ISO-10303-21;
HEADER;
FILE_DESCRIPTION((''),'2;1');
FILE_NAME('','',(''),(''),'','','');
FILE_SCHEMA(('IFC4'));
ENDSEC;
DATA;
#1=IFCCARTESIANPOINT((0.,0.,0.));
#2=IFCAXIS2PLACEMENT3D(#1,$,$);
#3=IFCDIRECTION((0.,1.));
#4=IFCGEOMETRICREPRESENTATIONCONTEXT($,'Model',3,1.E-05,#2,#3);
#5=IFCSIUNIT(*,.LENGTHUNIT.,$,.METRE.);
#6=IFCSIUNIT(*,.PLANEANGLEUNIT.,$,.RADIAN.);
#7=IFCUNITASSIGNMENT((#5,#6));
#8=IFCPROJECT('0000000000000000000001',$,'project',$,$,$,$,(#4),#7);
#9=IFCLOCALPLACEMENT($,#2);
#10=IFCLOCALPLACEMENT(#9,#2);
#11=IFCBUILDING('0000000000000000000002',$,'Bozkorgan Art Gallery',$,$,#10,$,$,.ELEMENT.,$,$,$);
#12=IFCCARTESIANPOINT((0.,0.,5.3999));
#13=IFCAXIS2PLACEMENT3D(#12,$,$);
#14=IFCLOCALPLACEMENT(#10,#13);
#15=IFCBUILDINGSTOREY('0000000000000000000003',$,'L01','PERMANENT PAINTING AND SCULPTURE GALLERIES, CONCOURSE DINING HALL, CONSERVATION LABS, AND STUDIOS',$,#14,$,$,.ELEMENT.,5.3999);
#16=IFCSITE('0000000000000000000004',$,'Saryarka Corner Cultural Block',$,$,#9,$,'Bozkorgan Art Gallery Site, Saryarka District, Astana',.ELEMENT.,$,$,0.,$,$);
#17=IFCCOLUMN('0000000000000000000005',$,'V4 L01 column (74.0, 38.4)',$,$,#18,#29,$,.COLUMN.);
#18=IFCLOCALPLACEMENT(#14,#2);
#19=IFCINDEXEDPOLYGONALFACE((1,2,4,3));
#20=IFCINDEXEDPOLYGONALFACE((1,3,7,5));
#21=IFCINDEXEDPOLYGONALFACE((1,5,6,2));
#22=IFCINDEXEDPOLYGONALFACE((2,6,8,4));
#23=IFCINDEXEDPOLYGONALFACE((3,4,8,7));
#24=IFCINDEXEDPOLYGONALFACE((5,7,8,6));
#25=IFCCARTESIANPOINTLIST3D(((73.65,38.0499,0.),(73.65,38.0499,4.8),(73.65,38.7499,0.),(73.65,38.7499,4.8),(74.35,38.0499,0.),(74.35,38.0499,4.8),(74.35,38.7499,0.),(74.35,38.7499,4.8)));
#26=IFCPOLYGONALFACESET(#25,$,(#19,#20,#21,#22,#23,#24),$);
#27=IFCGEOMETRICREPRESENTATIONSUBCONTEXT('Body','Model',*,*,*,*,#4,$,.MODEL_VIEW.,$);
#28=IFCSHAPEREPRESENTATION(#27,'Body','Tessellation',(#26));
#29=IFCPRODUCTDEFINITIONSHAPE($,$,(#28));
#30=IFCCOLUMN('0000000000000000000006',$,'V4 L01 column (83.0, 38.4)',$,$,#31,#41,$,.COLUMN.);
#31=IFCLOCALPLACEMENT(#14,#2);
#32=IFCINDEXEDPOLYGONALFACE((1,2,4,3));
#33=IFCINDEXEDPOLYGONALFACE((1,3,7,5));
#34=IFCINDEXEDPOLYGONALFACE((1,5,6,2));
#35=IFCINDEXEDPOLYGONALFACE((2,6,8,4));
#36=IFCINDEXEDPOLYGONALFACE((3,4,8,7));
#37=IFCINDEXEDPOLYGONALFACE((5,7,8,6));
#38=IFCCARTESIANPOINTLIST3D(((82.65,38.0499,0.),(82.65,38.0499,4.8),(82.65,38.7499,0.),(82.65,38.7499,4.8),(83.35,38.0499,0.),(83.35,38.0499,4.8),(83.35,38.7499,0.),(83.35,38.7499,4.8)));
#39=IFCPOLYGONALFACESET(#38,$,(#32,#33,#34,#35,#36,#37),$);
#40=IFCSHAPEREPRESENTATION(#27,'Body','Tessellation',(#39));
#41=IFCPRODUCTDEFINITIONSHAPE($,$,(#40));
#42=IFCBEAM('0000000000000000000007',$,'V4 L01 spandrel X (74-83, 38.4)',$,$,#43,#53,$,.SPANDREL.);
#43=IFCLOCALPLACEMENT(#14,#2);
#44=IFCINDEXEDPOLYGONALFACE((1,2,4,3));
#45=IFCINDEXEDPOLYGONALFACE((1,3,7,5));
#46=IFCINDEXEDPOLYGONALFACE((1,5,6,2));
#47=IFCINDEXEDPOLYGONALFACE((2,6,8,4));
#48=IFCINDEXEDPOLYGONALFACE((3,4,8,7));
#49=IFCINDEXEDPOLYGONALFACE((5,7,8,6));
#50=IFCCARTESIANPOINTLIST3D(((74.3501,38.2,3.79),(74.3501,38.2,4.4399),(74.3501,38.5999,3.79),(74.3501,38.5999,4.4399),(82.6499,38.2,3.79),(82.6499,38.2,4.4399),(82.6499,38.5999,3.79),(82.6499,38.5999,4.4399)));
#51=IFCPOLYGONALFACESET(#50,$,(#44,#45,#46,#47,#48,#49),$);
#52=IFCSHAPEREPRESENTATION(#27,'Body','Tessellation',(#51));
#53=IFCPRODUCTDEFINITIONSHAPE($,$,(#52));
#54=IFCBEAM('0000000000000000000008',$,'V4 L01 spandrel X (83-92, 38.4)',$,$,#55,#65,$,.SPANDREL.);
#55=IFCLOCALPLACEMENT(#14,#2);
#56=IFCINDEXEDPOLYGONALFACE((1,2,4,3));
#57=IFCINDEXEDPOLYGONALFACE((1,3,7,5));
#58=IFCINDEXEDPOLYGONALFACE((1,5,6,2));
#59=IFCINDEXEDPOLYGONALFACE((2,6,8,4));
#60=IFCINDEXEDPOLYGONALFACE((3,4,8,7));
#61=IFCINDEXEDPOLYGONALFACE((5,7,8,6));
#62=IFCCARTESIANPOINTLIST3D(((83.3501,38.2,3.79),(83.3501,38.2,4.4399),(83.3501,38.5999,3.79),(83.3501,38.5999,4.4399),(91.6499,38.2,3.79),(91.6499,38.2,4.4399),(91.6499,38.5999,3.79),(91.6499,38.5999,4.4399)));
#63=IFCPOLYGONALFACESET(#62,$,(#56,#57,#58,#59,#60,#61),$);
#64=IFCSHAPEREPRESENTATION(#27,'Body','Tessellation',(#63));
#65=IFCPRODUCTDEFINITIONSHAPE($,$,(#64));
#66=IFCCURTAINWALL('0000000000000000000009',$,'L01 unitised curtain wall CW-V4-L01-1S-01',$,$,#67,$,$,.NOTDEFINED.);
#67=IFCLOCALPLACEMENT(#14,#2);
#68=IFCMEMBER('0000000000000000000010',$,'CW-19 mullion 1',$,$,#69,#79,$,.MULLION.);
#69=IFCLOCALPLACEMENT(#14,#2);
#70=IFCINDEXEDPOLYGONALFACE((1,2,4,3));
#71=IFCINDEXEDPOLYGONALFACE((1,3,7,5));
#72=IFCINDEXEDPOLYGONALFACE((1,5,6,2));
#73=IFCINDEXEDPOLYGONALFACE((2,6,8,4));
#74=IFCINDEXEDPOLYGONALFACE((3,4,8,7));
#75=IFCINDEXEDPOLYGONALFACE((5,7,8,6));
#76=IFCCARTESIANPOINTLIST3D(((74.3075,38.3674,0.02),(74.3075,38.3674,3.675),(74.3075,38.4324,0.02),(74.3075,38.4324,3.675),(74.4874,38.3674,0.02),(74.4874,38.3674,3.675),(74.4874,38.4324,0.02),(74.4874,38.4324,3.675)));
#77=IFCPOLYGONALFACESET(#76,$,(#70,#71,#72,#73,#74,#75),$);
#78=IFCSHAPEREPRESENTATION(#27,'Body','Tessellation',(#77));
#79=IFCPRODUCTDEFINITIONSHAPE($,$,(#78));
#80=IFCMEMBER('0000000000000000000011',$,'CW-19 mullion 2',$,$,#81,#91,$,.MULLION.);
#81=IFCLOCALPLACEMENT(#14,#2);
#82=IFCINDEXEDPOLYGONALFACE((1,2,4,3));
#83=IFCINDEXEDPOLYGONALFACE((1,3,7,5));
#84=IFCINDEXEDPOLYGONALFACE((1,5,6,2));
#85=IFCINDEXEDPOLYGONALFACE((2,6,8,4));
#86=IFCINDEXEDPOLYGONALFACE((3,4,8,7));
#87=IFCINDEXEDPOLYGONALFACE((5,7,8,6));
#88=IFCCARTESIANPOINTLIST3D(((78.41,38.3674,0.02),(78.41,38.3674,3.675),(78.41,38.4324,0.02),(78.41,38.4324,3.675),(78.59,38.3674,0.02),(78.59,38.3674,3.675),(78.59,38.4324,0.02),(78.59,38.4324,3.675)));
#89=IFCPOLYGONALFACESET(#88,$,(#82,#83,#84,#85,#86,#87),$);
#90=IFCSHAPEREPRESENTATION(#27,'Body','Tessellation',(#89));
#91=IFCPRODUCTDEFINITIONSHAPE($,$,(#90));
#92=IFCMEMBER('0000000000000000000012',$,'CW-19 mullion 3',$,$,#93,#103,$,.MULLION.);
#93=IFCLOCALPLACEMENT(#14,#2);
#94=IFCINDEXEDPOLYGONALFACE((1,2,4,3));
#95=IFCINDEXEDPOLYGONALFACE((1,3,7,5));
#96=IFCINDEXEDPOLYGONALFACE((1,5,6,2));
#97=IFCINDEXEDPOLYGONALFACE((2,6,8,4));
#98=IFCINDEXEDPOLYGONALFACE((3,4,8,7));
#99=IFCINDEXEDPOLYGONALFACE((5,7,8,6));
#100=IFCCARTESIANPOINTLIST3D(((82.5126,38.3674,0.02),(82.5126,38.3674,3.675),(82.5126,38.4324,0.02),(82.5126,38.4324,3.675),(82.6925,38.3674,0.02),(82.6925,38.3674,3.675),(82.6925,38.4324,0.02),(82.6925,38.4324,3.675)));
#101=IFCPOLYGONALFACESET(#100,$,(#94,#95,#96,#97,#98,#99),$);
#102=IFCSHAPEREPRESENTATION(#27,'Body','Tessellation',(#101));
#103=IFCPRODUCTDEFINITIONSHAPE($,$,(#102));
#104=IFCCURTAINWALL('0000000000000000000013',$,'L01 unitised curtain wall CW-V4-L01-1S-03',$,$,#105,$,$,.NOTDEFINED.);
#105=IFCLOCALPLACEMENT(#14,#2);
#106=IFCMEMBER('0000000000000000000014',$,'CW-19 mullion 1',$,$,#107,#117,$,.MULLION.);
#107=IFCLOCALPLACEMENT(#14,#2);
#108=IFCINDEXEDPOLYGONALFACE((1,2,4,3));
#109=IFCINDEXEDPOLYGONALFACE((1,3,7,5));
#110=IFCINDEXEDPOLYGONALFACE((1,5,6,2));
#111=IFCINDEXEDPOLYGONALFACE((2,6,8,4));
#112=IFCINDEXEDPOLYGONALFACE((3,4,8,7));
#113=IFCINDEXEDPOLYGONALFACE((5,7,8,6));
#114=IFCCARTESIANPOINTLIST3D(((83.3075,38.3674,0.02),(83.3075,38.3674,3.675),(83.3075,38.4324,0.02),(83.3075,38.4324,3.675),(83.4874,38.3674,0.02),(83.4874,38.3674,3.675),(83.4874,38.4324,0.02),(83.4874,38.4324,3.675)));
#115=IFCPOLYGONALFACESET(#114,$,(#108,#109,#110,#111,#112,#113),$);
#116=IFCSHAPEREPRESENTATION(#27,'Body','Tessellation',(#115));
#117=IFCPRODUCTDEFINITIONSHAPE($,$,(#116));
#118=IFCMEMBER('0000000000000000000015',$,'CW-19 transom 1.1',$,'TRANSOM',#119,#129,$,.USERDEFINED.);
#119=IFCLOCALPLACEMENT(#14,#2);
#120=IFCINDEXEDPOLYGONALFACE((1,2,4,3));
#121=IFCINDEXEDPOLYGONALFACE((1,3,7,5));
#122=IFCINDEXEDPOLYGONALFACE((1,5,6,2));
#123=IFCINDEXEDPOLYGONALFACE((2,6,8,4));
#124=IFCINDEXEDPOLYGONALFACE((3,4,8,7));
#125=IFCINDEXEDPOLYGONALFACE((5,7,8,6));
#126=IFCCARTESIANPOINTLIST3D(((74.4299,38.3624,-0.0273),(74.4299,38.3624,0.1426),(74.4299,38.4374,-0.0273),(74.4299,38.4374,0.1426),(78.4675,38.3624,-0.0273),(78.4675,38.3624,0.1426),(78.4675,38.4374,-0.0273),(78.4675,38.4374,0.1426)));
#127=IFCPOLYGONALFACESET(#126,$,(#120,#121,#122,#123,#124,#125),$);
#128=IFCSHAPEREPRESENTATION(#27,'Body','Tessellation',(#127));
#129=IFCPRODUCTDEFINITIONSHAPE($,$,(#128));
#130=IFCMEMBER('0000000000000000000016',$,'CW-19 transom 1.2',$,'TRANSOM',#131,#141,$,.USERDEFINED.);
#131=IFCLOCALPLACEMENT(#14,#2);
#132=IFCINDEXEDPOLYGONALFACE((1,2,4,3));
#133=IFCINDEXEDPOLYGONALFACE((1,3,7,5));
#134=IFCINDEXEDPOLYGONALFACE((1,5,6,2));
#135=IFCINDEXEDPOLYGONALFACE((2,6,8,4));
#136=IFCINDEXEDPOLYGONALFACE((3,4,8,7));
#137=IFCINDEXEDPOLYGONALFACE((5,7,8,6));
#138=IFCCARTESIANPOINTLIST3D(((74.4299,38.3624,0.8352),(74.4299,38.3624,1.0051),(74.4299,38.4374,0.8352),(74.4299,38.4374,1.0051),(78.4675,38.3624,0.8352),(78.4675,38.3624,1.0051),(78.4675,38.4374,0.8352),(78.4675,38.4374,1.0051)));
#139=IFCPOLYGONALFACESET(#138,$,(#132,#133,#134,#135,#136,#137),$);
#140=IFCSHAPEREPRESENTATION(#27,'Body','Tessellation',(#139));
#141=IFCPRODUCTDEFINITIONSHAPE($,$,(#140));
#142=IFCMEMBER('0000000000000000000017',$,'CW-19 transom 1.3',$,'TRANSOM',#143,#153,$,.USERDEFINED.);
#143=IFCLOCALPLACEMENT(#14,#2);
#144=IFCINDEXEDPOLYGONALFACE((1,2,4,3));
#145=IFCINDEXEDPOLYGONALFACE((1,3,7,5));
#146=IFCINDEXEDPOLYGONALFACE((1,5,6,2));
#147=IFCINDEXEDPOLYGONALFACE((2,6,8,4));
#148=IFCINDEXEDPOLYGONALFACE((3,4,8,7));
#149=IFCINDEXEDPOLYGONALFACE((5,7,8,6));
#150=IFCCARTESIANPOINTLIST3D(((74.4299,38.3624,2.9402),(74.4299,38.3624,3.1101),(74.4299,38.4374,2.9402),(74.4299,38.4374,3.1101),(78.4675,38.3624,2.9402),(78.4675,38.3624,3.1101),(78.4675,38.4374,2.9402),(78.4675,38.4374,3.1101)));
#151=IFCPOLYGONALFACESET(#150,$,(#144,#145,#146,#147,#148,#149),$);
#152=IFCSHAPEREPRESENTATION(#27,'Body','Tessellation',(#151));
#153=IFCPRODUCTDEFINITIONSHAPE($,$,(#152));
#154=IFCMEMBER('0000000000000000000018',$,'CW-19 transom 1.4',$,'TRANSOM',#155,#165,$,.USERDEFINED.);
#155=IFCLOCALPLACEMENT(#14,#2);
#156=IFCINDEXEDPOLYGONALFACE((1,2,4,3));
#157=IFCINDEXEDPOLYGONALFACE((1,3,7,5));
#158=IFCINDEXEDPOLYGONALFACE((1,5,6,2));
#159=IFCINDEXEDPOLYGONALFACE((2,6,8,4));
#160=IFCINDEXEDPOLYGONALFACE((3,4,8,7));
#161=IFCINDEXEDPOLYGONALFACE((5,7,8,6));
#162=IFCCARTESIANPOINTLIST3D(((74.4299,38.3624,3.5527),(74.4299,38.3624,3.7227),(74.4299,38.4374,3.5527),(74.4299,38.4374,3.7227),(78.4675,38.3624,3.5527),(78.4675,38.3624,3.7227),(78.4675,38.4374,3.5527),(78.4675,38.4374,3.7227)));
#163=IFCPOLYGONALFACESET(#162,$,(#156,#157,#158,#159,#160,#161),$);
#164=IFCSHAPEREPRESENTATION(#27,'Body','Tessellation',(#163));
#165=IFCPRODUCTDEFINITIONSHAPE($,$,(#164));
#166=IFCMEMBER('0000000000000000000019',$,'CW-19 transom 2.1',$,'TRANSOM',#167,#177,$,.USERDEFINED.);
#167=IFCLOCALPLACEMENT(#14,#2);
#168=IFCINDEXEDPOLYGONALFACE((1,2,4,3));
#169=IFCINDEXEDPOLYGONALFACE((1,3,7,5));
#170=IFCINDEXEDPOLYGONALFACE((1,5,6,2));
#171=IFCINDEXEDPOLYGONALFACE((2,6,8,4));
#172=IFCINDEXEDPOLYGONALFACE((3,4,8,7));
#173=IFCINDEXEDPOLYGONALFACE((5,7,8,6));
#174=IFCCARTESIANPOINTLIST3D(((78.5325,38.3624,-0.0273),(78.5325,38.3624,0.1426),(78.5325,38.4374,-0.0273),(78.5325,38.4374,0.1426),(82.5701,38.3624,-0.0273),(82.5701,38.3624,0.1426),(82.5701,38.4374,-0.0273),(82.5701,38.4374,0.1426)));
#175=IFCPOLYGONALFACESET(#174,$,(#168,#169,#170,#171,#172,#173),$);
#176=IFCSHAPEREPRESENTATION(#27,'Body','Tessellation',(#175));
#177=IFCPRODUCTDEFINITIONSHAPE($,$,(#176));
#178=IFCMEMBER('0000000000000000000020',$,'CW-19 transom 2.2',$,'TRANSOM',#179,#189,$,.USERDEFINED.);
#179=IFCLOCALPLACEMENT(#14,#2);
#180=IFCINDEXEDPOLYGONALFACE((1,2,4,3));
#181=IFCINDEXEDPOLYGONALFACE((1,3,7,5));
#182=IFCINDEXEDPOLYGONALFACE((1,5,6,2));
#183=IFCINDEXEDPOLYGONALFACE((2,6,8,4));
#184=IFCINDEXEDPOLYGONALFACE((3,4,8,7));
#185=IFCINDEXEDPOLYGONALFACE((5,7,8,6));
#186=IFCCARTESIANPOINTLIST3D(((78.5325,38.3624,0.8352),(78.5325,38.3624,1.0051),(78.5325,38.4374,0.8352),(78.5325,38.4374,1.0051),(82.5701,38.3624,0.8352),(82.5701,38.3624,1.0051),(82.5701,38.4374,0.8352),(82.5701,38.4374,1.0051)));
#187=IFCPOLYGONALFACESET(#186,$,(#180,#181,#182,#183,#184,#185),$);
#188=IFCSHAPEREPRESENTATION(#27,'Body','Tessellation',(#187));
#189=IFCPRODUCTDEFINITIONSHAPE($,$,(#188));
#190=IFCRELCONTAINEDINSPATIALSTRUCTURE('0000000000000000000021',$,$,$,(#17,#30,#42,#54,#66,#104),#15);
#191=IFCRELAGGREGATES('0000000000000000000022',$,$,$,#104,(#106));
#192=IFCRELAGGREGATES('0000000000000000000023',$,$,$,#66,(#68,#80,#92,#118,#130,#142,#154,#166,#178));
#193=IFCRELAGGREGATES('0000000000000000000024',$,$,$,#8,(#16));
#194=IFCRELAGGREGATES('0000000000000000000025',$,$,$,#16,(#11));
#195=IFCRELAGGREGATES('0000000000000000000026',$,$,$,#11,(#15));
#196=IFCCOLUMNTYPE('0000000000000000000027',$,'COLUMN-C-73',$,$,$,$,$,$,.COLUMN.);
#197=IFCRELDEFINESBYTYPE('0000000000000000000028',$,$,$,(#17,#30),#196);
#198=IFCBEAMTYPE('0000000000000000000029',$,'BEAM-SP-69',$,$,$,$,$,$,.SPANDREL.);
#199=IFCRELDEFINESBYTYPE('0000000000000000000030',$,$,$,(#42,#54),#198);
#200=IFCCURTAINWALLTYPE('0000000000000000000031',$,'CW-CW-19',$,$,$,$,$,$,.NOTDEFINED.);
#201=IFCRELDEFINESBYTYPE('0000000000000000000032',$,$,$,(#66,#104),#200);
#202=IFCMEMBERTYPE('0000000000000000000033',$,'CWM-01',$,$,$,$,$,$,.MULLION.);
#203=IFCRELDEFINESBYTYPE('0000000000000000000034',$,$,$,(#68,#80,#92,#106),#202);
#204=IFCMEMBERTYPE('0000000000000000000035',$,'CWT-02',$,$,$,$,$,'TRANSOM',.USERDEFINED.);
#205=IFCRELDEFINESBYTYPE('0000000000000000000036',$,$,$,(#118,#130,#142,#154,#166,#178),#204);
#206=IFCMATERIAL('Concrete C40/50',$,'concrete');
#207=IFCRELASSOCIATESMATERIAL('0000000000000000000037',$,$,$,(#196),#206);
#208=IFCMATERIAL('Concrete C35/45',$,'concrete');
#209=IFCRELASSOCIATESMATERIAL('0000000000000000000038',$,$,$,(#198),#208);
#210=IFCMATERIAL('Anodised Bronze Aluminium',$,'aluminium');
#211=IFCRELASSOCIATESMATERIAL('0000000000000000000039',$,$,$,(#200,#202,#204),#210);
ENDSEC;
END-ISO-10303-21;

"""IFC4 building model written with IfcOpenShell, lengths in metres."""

from ifc_helpers import new_model, si_unit, direction, frame, origin, origin_2d, place, context, subcontext, project, spatial, rectangle, extrude, material, material_profile, profile_set, type_object, element, aggregate, save


model = new_model("IFC4")

# Units and contexts
model_context = context("Model", 3, precision=1e-05, world=origin(), true_north=direction((0.0, 1.0)))
body_context = subcontext(model_context, "Body", "Model", "MODEL_VIEW")
ifc_project = project(units=[si_unit("LENGTHUNIT", "METRE"), si_unit("PLANEANGLEUNIT", "RADIAN")], contexts=[model_context])

# Site, building, storey
site_placement = place(None, origin())
site = spatial("IfcSite", under=ifc_project, at=site_placement, Name="Saryarka Corner Cultural Block", LongName="Bozkorgan Art Gallery Site, Saryarka District, Astana", CompositionType="ELEMENT", RefElevation=0.0)
building_placement = place(site_placement, origin())
building = spatial("IfcBuilding", under=site, at=building_placement, Name="Bozkorgan Art Gallery", CompositionType="ELEMENT")
storey_placement = place(building_placement, frame((0.0, 0.0, 5.3999)))
storey = spatial("IfcBuildingStorey", under=building, at=storey_placement, Name="L01", Description="PERMANENT PAINTING AND SCULPTURE GALLERIES, CONCOURSE DINING HALL, CONSERVATION LABS, AND STUDIOS", CompositionType="ELEMENT", Elevation=5.3999)

# Columns
ifc_material_1 = material(Name="Concrete C40/50", Category="concrete")
ifc_material_profile_1 = material_profile(ifc_material_1, rectangle(XDim=0.7, YDim=0.7, at=origin_2d()), Name="RC 700x700")
ifc_profile_set_1 = profile_set([ifc_material_profile_1], Name="Concrete C40/50")
column_type = type_object("IfcColumnType", Name="COLUMN-C-73", PredefinedType="COLUMN", material=ifc_profile_set_1)
for number, where, z_axis, x_axis, name in (
    (1, (74.0, 38.3999, 0.0), (0.0, 0.0, 1.0), (1.0, 0.0, 0.0), "V4 L01 column (74.0, 38.4)"),
    (2, (83.0, 38.3999, 0.0), (0.0, 0.0, 1.0), (1.0, 0.0, 0.0), "V4 L01 column (83.0, 38.4)"),
):
    element("IfcColumn", number, at=place(storey_placement, frame(where, z_axis=z_axis, x_axis=x_axis)), inside=storey, type_object=column_type, Name=name, PredefinedType="COLUMN", context=body_context, shape_type="SweptSolid", body=[
        extrude(rectangle(XDim=0.7, YDim=0.7, at=origin_2d()), origin(), (0.0, 0.0, 1.0), 4.8),
    ])

# Beams
ifc_material_2 = material(Name="Concrete C35/45", Category="concrete")
ifc_material_profile_2 = material_profile(ifc_material_2, rectangle(XDim=0.3999, YDim=0.6499, at=origin_2d()), Name="RC 400x650")
ifc_profile_set_2 = profile_set([ifc_material_profile_2], Name="Concrete C35/45")
beam_type = type_object("IfcBeamType", Name="BEAM-SP-69", PredefinedType="SPANDREL", material=ifc_profile_set_2)
for number, where, z_axis, x_axis, name in (
    (3, (74.3501, 38.3999, 4.115), (1.0, 0.0, 0.0), (0.0, 1.0, 0.0), "V4 L01 spandrel X (74-83, 38.4)"),
    (4, (83.3501, 38.3999, 4.115), (1.0, 0.0, 0.0), (0.0, 1.0, 0.0), "V4 L01 spandrel X (83-92, 38.4)"),
):
    element("IfcBeam", number, at=place(storey_placement, frame(where, z_axis=z_axis, x_axis=x_axis)), inside=storey, type_object=beam_type, Name=name, PredefinedType="SPANDREL", context=body_context, shape_type="SweptSolid", body=[
        extrude(rectangle(XDim=0.3999, YDim=0.6499, at=origin_2d()), origin(), (0.0, 0.0, 1.0), 8.2998),
    ])

# Curtain wall, members
ifc_material_3 = material(Name="Anodised Bronze Aluminium", Category="aluminium")
curtain_wall_type = type_object("IfcCurtainWallType", Name="CW-CW-19", PredefinedType="NOTDEFINED", material=ifc_material_3)
curtain_wall_1_placement = place(storey_placement, origin())
curtain_wall_1 = element("IfcCurtainWall", 5, at=curtain_wall_1_placement, inside=storey, type_object=curtain_wall_type, Name="L01 unitised curtain wall CW-V4-L01-1S-01", PredefinedType="NOTDEFINED")
ifc_material_profile_3 = material_profile(ifc_material_3, rectangle(XDim=0.0649, YDim=0.1799, at=origin_2d()), Name="ALU MULLION 65x180")
ifc_profile_set_3 = profile_set([ifc_material_profile_3], Name="Anodised Bronze Aluminium")
member_type_1 = type_object("IfcMemberType", Name="CWM-01", PredefinedType="MULLION", material=ifc_profile_set_3)
member_1_placement = place(storey_placement, frame((74.3975, 38.3999, 0.02), z_axis=(0.0, 0.0, 1.0), x_axis=(0.0, 1.0, 0.0)))
member_1 = element("IfcMember", 6, at=member_1_placement, type_object=member_type_1, Name="CW-19 mullion 1", PredefinedType="MULLION", context=body_context, shape_type="SweptSolid", body=[
    extrude(rectangle(XDim=0.0649, YDim=0.1799, at=origin_2d()), origin(), (0.0, 0.0, 1.0), 3.655),
])
member_2_placement = place(storey_placement, frame((78.5, 38.3999, 0.02), z_axis=(0.0, 0.0, 1.0), x_axis=(0.0, 1.0, 0.0)))
member_2 = element("IfcMember", 7, at=member_2_placement, type_object=member_type_1, Name="CW-19 mullion 2", PredefinedType="MULLION", context=body_context, shape_type="SweptSolid", body=[
    extrude(rectangle(XDim=0.0649, YDim=0.1799, at=origin_2d()), origin(), (0.0, 0.0, 1.0), 3.655),
])
member_3_placement = place(storey_placement, frame((82.6025, 38.3999, 0.02), z_axis=(0.0, 0.0, 1.0), x_axis=(0.0, 1.0, 0.0)))
member_3 = element("IfcMember", 8, at=member_3_placement, type_object=member_type_1, Name="CW-19 mullion 3", PredefinedType="MULLION", context=body_context, shape_type="SweptSolid", body=[
    extrude(rectangle(XDim=0.0649, YDim=0.1799, at=origin_2d()), origin(), (0.0, 0.0, 1.0), 3.655),
])

# Curtain wall, member
curtain_wall_2_placement = place(storey_placement, origin())
curtain_wall_2 = element("IfcCurtainWall", 9, at=curtain_wall_2_placement, inside=storey, type_object=curtain_wall_type, Name="L01 unitised curtain wall CW-V4-L01-1S-03", PredefinedType="NOTDEFINED")
member_4_placement = place(storey_placement, frame((83.3975, 38.3999, 0.02), z_axis=(0.0, 0.0, 1.0), x_axis=(0.0, 1.0, 0.0)))
member_4 = element("IfcMember", 10, at=member_4_placement, type_object=member_type_1, Name="CW-19 mullion 1", PredefinedType="MULLION", context=body_context, shape_type="SweptSolid", body=[
    extrude(rectangle(XDim=0.0649, YDim=0.1799, at=origin_2d()), origin(), (0.0, 0.0, 1.0), 3.655),
])

# Members
ifc_material_profile_4 = material_profile(ifc_material_3, rectangle(XDim=0.075, YDim=0.1699, at=origin_2d()), Name="ALU TRANSOM 75x170")
ifc_profile_set_4 = profile_set([ifc_material_profile_4], Name="Anodised Bronze Aluminium")
member_type_2 = type_object("IfcMemberType", Name="CWT-02", ElementType="TRANSOM", PredefinedType="USERDEFINED", material=ifc_profile_set_4)
member_5_placement = place(storey_placement, frame((74.4299, 38.3999, 0.0576), z_axis=(1.0, 0.0, 0.0), x_axis=(0.0, 1.0, 0.0)))
member_5 = element("IfcMember", 11, at=member_5_placement, type_object=member_type_2, Name="CW-19 transom 1.1", ObjectType="TRANSOM", PredefinedType="USERDEFINED", context=body_context, shape_type="SweptSolid", body=[
    extrude(rectangle(XDim=0.075, YDim=0.1699, at=origin_2d()), origin(), (0.0, 0.0, 1.0), 4.0376),
])
member_6_placement = place(storey_placement, frame((74.4299, 38.3999, 0.9202), z_axis=(1.0, 0.0, 0.0), x_axis=(0.0, 1.0, 0.0)))
member_6 = element("IfcMember", 12, at=member_6_placement, type_object=member_type_2, Name="CW-19 transom 1.2", ObjectType="TRANSOM", PredefinedType="USERDEFINED", context=body_context, shape_type="SweptSolid", body=[
    extrude(rectangle(XDim=0.075, YDim=0.1699, at=origin_2d()), origin(), (0.0, 0.0, 1.0), 4.0376),
])
member_7_placement = place(storey_placement, frame((74.4299, 38.3999, 3.0251), z_axis=(1.0, 0.0, 0.0), x_axis=(0.0, 1.0, 0.0)))
member_7 = element("IfcMember", 13, at=member_7_placement, type_object=member_type_2, Name="CW-19 transom 1.3", ObjectType="TRANSOM", PredefinedType="USERDEFINED", context=body_context, shape_type="SweptSolid", body=[
    extrude(rectangle(XDim=0.075, YDim=0.1699, at=origin_2d()), origin(), (0.0, 0.0, 1.0), 4.0376),
])
member_8_placement = place(storey_placement, frame((74.4299, 38.3999, 3.6377), z_axis=(1.0, 0.0, 0.0), x_axis=(0.0, 1.0, 0.0)))
member_8 = element("IfcMember", 14, at=member_8_placement, type_object=member_type_2, Name="CW-19 transom 1.4", ObjectType="TRANSOM", PredefinedType="USERDEFINED", context=body_context, shape_type="SweptSolid", body=[
    extrude(rectangle(XDim=0.075, YDim=0.1699, at=origin_2d()), origin(), (0.0, 0.0, 1.0), 4.0376),
])
member_9_placement = place(storey_placement, frame((78.5325, 38.3999, 0.0576), z_axis=(1.0, 0.0, 0.0), x_axis=(0.0, 1.0, 0.0)))
member_9 = element("IfcMember", 15, at=member_9_placement, type_object=member_type_2, Name="CW-19 transom 2.1", ObjectType="TRANSOM", PredefinedType="USERDEFINED", context=body_context, shape_type="SweptSolid", body=[
    extrude(rectangle(XDim=0.075, YDim=0.1699, at=origin_2d()), origin(), (0.0, 0.0, 1.0), 4.0376),
])
member_10_placement = place(storey_placement, frame((78.5325, 38.3999, 0.9202), z_axis=(1.0, 0.0, 0.0), x_axis=(0.0, 1.0, 0.0)))
member_10 = element("IfcMember", 16, at=member_10_placement, type_object=member_type_2, Name="CW-19 transom 2.2", ObjectType="TRANSOM", PredefinedType="USERDEFINED", context=body_context, shape_type="SweptSolid", body=[
    extrude(rectangle(XDim=0.075, YDim=0.1699, at=origin_2d()), origin(), (0.0, 0.0, 1.0), 4.0376),
])
aggregate(curtain_wall_2, [member_4])

aggregate(curtain_wall_1, [member_1, member_2, member_3, member_5, member_6, member_7, member_8, member_9, member_10])

save(model, "model.ifc")
